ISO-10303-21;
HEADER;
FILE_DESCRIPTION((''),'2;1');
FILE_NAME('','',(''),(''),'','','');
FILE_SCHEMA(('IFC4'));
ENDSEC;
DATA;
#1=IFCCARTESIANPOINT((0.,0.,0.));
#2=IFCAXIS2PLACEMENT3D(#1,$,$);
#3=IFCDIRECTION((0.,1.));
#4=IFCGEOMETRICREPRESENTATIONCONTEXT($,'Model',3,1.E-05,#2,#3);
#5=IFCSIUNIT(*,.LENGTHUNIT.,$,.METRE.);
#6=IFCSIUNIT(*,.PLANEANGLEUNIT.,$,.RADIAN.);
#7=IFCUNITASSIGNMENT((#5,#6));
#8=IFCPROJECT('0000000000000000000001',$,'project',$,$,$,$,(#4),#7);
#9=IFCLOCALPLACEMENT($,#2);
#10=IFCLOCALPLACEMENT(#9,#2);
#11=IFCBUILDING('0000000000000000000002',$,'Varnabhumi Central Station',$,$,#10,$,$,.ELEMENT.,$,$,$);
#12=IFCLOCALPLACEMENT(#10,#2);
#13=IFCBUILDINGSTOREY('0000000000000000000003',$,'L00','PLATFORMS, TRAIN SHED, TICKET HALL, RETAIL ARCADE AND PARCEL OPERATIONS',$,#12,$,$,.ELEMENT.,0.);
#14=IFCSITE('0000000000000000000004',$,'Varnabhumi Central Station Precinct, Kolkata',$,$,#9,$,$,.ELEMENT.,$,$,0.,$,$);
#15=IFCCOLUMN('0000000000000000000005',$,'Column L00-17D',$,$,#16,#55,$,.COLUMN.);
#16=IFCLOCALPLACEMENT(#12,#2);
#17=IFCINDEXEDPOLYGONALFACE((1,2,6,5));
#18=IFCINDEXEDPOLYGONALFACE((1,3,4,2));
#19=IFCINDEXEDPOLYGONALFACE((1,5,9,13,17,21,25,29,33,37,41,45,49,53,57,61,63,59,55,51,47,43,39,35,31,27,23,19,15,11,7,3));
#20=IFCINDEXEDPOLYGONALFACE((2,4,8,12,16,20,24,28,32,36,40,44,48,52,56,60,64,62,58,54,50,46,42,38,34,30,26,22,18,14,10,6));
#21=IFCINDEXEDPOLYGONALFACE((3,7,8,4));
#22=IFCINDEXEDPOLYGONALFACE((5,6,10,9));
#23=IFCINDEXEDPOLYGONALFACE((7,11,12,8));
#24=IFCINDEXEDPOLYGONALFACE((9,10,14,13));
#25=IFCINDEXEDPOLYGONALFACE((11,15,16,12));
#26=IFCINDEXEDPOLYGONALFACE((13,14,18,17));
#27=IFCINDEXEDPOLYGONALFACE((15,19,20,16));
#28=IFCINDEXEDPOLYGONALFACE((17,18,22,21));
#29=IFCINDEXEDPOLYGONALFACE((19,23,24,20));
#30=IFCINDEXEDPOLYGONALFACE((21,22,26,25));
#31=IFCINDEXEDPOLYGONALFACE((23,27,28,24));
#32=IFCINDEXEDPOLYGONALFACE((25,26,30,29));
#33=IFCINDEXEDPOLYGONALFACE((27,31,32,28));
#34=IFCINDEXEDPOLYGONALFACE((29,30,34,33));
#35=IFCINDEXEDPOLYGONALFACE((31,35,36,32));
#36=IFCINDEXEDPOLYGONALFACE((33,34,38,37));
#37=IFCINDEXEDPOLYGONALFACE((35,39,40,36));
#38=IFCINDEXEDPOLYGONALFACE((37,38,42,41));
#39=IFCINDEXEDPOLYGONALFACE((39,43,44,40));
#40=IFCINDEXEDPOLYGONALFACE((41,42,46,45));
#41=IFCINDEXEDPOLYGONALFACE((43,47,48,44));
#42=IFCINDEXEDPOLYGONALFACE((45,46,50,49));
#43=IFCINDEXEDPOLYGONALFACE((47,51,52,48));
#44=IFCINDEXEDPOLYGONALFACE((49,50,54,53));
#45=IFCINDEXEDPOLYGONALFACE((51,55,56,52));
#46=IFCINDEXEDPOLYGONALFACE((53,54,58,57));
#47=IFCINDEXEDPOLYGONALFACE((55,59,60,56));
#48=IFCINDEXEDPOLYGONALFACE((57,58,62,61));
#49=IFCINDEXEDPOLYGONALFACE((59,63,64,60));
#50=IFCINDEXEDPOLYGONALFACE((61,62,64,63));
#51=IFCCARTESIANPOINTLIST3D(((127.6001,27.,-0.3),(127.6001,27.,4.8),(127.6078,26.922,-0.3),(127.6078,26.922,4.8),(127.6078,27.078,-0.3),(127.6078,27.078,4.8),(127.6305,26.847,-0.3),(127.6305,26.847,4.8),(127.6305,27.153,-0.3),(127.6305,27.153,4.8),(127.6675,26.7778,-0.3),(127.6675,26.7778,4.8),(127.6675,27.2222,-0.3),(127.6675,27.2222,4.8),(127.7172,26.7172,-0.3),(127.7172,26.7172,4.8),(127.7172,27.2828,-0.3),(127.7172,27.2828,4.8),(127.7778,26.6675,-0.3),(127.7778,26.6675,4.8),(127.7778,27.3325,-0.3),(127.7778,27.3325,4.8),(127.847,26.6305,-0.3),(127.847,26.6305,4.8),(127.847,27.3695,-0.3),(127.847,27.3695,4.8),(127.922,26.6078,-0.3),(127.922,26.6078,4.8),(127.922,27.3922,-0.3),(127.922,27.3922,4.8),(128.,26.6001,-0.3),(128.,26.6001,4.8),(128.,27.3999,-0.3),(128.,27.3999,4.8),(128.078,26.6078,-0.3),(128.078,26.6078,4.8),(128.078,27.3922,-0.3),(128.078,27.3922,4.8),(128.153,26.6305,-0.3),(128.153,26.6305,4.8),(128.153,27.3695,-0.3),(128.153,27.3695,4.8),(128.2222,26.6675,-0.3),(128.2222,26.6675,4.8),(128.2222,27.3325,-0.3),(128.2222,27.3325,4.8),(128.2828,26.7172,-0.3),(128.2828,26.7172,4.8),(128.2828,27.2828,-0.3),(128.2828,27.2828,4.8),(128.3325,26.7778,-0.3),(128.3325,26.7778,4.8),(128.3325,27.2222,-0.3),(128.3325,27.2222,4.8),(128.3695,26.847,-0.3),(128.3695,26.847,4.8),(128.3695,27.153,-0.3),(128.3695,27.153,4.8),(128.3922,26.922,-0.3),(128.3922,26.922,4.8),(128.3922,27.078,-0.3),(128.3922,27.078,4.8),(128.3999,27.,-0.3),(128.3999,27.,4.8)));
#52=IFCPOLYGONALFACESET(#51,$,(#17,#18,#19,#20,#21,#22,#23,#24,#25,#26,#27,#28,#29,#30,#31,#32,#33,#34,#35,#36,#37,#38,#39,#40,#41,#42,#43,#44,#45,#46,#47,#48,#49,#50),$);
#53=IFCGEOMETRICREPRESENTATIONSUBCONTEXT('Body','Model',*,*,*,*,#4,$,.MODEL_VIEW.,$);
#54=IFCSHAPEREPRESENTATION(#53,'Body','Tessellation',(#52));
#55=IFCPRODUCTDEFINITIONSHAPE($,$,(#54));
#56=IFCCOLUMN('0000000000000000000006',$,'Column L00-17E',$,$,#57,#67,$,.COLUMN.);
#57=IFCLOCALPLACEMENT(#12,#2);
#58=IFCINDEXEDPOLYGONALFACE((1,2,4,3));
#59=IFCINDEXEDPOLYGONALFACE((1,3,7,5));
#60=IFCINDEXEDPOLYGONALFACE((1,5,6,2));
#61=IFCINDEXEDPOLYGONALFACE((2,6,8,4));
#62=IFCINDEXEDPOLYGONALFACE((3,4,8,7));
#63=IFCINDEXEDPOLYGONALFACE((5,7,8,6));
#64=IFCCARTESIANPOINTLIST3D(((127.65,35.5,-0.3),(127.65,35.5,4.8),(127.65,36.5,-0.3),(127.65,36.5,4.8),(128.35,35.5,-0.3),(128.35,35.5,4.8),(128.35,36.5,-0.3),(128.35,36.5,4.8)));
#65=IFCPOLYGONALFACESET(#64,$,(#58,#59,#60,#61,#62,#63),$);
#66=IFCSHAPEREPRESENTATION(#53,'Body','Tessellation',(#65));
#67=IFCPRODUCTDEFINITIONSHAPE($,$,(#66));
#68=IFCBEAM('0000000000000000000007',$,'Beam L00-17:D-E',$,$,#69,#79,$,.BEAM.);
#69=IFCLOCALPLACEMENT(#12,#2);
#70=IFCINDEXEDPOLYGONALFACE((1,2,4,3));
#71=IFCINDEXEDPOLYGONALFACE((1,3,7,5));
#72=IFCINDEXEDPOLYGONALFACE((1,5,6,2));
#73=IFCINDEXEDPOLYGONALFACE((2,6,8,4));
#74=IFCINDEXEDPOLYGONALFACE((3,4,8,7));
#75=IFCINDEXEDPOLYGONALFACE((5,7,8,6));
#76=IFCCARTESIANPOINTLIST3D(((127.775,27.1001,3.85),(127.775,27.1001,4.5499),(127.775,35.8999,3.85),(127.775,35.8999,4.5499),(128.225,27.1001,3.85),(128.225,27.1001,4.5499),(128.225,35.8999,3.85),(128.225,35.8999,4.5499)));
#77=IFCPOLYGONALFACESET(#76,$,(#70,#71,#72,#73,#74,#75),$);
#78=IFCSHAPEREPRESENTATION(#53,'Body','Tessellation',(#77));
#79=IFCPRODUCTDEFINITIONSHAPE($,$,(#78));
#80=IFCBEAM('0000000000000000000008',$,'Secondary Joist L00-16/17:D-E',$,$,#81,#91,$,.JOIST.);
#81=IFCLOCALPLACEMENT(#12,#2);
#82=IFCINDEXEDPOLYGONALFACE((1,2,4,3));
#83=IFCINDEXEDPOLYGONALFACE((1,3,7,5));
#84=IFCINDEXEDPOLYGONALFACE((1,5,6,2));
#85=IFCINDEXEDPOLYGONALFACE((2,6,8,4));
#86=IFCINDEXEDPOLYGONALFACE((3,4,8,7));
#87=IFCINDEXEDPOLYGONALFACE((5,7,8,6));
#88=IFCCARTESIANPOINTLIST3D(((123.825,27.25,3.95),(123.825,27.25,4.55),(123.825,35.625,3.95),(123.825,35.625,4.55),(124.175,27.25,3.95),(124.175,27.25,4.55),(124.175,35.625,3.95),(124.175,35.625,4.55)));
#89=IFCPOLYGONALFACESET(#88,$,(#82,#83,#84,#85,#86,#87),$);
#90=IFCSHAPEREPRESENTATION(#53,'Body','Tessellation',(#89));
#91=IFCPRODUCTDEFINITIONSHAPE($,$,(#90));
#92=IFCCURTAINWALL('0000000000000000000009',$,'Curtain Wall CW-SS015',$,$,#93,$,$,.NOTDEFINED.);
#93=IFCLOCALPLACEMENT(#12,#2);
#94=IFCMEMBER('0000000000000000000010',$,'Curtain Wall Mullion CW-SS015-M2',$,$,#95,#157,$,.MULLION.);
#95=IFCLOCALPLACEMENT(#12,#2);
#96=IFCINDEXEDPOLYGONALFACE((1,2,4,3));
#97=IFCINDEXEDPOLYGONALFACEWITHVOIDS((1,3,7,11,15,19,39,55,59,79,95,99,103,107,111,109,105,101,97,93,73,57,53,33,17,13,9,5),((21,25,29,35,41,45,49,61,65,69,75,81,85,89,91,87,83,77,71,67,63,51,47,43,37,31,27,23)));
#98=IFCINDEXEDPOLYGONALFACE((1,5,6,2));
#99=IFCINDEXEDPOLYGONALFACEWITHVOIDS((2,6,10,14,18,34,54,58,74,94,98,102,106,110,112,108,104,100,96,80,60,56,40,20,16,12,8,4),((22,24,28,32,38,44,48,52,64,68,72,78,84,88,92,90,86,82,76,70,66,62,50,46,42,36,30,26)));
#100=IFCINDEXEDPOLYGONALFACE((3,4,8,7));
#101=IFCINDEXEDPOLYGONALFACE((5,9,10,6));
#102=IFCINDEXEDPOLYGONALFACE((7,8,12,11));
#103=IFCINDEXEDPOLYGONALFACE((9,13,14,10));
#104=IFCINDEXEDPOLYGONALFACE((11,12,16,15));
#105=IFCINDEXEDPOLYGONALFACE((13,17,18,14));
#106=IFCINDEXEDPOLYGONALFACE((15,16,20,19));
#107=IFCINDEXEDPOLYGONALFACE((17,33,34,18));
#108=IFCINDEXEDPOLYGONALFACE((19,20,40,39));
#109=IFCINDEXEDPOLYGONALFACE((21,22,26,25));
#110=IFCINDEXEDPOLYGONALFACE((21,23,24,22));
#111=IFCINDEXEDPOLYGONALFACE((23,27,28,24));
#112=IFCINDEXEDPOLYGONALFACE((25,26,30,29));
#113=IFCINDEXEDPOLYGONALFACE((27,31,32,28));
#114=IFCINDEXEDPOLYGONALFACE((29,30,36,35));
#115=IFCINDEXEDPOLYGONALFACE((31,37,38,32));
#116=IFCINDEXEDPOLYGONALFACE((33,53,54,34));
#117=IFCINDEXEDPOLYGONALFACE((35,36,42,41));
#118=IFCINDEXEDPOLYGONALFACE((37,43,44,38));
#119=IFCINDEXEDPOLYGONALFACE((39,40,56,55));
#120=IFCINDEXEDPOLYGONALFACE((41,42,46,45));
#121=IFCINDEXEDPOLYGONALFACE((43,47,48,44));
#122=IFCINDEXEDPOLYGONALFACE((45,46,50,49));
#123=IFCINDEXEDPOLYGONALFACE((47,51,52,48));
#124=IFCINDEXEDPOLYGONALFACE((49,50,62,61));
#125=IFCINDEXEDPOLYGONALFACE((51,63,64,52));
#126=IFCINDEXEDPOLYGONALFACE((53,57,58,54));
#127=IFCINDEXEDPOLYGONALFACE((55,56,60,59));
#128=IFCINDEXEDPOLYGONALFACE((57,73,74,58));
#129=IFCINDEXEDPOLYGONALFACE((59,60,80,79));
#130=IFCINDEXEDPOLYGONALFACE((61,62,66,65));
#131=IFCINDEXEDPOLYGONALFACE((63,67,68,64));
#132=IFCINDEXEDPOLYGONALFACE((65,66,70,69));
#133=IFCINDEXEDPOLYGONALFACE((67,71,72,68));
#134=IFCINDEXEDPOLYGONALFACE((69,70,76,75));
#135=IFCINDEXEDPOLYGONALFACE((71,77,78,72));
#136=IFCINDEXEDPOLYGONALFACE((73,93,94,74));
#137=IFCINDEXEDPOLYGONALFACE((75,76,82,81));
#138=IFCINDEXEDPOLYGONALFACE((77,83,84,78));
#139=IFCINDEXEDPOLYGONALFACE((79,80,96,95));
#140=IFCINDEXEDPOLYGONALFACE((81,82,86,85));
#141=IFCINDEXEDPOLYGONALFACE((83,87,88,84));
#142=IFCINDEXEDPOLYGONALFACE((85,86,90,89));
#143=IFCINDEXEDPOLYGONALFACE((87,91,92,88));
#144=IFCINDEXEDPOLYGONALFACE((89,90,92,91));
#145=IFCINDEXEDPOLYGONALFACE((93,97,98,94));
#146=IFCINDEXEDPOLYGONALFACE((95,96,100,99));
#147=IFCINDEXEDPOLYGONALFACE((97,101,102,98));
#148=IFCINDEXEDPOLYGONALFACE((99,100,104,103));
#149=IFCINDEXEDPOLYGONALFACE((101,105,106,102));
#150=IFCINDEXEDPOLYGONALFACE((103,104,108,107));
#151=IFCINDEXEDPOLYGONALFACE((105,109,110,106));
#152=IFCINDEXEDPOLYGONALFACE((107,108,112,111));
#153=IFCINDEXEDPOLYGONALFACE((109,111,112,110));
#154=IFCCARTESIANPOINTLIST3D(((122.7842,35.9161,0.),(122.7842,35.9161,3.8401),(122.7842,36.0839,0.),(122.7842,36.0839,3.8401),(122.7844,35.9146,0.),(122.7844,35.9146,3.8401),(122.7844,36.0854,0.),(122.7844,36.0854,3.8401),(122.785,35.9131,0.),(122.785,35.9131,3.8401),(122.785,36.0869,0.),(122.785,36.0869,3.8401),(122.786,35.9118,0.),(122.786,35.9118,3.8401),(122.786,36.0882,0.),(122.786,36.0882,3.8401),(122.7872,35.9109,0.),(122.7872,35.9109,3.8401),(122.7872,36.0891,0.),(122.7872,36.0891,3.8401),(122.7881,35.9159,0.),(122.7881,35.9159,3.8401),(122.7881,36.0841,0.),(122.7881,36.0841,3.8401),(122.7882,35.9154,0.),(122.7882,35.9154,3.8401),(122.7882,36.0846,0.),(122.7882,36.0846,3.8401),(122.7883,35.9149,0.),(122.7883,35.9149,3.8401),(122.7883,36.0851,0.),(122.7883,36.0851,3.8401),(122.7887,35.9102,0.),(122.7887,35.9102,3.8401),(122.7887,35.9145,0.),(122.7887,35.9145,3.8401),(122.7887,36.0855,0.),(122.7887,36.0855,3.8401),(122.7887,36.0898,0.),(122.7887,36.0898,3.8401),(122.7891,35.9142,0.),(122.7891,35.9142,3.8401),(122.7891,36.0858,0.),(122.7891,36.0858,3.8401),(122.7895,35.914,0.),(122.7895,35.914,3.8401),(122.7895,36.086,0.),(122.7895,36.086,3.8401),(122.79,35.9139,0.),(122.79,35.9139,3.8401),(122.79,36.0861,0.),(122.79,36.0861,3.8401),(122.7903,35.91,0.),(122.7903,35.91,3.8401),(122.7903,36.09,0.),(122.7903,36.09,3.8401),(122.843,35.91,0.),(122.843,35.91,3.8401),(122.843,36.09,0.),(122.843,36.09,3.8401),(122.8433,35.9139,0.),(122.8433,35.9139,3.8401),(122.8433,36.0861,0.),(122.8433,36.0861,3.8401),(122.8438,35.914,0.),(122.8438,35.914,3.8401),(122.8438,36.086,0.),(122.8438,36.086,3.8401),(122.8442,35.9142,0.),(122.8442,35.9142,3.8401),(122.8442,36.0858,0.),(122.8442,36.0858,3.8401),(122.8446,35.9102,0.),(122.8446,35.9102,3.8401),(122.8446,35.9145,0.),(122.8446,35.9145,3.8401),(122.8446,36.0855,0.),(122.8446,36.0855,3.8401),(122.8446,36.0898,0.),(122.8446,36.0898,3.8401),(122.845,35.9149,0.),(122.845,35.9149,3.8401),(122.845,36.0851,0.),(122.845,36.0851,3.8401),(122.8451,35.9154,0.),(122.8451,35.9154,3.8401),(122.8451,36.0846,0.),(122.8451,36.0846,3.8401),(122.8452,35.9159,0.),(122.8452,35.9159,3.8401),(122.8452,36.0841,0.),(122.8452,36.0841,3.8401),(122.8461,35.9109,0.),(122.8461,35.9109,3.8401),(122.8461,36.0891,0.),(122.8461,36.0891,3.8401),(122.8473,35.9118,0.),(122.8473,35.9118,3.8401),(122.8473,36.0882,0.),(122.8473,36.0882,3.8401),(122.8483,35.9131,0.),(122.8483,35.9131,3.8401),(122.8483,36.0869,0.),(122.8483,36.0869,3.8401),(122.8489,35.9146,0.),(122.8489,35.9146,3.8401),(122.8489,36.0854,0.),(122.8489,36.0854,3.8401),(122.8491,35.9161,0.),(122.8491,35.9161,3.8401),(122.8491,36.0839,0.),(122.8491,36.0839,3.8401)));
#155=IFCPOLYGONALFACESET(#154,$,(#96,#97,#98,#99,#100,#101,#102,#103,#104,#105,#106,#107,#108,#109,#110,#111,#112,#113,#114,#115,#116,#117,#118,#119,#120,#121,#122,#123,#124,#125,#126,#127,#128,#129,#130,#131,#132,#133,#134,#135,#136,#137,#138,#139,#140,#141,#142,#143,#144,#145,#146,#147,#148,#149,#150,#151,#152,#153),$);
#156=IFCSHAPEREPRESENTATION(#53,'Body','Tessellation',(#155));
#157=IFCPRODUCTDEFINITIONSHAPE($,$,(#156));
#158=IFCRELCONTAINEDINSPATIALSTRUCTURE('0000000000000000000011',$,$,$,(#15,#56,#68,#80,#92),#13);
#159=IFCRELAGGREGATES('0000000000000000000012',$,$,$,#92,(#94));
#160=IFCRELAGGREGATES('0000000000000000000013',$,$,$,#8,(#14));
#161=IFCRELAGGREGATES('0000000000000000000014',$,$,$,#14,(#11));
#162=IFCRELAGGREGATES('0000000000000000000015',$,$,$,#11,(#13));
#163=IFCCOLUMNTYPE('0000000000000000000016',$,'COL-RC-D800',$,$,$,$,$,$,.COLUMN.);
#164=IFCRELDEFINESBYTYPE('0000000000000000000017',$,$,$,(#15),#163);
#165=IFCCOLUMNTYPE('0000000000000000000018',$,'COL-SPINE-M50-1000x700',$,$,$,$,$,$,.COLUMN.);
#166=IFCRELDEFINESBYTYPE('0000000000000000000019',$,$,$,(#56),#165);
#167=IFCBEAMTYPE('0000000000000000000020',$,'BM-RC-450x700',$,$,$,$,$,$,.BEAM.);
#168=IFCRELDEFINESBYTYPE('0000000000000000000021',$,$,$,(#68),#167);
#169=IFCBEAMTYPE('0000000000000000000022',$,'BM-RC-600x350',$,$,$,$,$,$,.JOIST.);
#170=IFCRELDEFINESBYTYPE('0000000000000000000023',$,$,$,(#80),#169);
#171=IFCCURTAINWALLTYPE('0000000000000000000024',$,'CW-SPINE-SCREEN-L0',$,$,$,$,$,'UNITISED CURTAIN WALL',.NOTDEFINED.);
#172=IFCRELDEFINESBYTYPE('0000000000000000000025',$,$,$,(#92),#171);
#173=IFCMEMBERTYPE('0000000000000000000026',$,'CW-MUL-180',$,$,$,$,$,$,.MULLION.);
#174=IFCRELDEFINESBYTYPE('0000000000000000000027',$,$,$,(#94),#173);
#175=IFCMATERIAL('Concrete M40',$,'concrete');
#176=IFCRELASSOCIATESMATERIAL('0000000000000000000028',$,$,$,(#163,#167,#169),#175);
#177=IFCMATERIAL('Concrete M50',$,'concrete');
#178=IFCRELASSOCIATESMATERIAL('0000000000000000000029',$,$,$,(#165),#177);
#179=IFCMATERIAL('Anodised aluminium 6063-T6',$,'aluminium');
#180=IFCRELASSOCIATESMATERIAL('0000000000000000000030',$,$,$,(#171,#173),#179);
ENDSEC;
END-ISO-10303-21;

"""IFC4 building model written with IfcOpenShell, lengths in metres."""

from ifc_helpers import new_model, si_unit, direction, frame, origin, origin_2d, place, context, subcontext, project, spatial, rectangle, hollow_rectangle, circle, extrude, material, material_profile, profile_set, type_object, element, aggregate, save


model = new_model("IFC4")

# Units and contexts
model_context = context("Model", 3, precision=1e-05, world=origin(), true_north=direction((0.0, 1.0)))
body_context = subcontext(model_context, "Body", "Model", "MODEL_VIEW")
ifc_project = project(units=[si_unit("LENGTHUNIT", "METRE"), si_unit("PLANEANGLEUNIT", "RADIAN")], contexts=[model_context])

# Site, building, storey
site_placement = place(None, origin())
site = spatial("IfcSite", under=ifc_project, at=site_placement, Name="Varnabhumi Central Station Precinct, Kolkata", CompositionType="ELEMENT", RefElevation=0.0)
building_placement = place(site_placement, origin())
building = spatial("IfcBuilding", under=site, at=building_placement, Name="Varnabhumi Central Station", CompositionType="ELEMENT")
storey_placement = place(building_placement, origin())
storey = spatial("IfcBuildingStorey", under=building, at=storey_placement, Name="L00", Description="PLATFORMS, TRAIN SHED, TICKET HALL, RETAIL ARCADE AND PARCEL OPERATIONS", CompositionType="ELEMENT", Elevation=0.0)

# Shared definitions
ifc_material_1 = material(Name="Concrete M40", Category="concrete")

# Columns
ifc_material_profile_1 = material_profile(ifc_material_1, circle(Radius=0.3999, at=origin_2d()), Name="Concrete M40", Category="concrete")
ifc_profile_set_1 = profile_set([ifc_material_profile_1], Name="Concrete M40")
column_type_1 = type_object("IfcColumnType", Name="COL-RC-D800", PredefinedType="COLUMN", material=ifc_profile_set_1)
column_1_placement = place(storey_placement, frame((128.0, 27.0, -0.3), z_axis=(0.0, 0.0, 1.0), x_axis=(1.0, 0.0, 0.0)))
element("IfcColumn", 1, at=column_1_placement, inside=storey, type_object=column_type_1, Name="Column L00-17D", PredefinedType="COLUMN", context=body_context, shape_type="SweptSolid", body=[
    extrude(circle(Radius=0.3999, at=origin_2d()), origin(), (0.0, 0.0, 1.0), 5.1001),
])
ifc_material_2 = material(Name="Concrete M50", Category="concrete")
ifc_material_profile_2 = material_profile(ifc_material_2, rectangle(XDim=0.7, YDim=1.0, at=origin_2d()), Name="Concrete M50", Category="concrete")
ifc_profile_set_2 = profile_set([ifc_material_profile_2], Name="Concrete M50")
column_type_2 = type_object("IfcColumnType", Name="COL-SPINE-M50-1000x700", PredefinedType="COLUMN", material=ifc_profile_set_2)
column_2_placement = place(storey_placement, frame((128.0, 36.0, -0.3), z_axis=(0.0, 0.0, 1.0), x_axis=(1.0, 0.0, 0.0)))
element("IfcColumn", 2, at=column_2_placement, inside=storey, type_object=column_type_2, Name="Column L00-17E", PredefinedType="COLUMN", context=body_context, shape_type="SweptSolid", body=[
    extrude(rectangle(XDim=0.7, YDim=1.0, at=origin_2d()), origin(), (0.0, 0.0, 1.0), 5.1001),
])

# Beams
ifc_material_profile_3 = material_profile(ifc_material_1, rectangle(XDim=0.45, YDim=0.7, at=origin_2d()), Name="Concrete M40", Category="concrete")
ifc_profile_set_3 = profile_set([ifc_material_profile_3], Name="Concrete M40")
beam_type_1 = type_object("IfcBeamType", Name="BM-RC-450x700", PredefinedType="BEAM", material=ifc_profile_set_3)
beam_1_placement = place(storey_placement, frame((128.0, 27.1001, 4.2), z_axis=(0.0, 1.0, 0.0), x_axis=(-1.0, 0.0, 0.0)))
element("IfcBeam", 3, at=beam_1_placement, inside=storey, type_object=beam_type_1, Name="Beam L00-17:D-E", PredefinedType="BEAM", context=body_context, shape_type="SweptSolid", body=[
    extrude(rectangle(XDim=0.45, YDim=0.7, at=origin_2d()), origin(), (0.0, 0.0, 1.0), 8.7998),
])
ifc_material_profile_4 = material_profile(ifc_material_1, rectangle(XDim=0.3501, YDim=0.6001, at=origin_2d()), Name="Concrete M40", Category="concrete")
ifc_profile_set_4 = profile_set([ifc_material_profile_4], Name="Concrete M40")
beam_type_2 = type_object("IfcBeamType", Name="BM-RC-600x350", PredefinedType="JOIST", material=ifc_profile_set_4)
beam_2_placement = place(storey_placement, frame((124.0, 27.25, 4.25), z_axis=(0.0, 1.0, 0.0), x_axis=(-1.0, 0.0, 0.0)))
element("IfcBeam", 4, at=beam_2_placement, inside=storey, type_object=beam_type_2, Name="Secondary Joist L00-16/17:D-E", PredefinedType="JOIST", context=body_context, shape_type="SweptSolid", body=[
    extrude(rectangle(XDim=0.3501, YDim=0.6001, at=origin_2d()), origin(), (0.0, 0.0, 1.0), 8.375),
])

# Curtain wall, member
ifc_material_3 = material(Name="Anodised aluminium 6063-T6", Category="aluminium")
curtain_wall_type_1 = type_object("IfcCurtainWallType", Name="CW-SPINE-SCREEN-L0", ElementType="UNITISED CURTAIN WALL", PredefinedType="NOTDEFINED", material=ifc_material_3)
curtain_wall_1_placement = place(storey_placement, origin())
curtain_wall_1 = element("IfcCurtainWall", 5, at=curtain_wall_1_placement, inside=storey, type_object=curtain_wall_type_1, Name="Curtain Wall CW-SS015", PredefinedType="NOTDEFINED")
ifc_material_profile_5 = material_profile(ifc_material_3, hollow_rectangle(XDim=0.0649, YDim=0.1799, WallThickness=0.0039, InnerFilletRadius=0.002, OuterFilletRadius=0.0061, at=origin_2d()), Name="Anodised aluminium 6063-T6", Category="aluminium")
ifc_profile_set_5 = profile_set([ifc_material_profile_5], Name="Anodised aluminium 6063-T6")
member_type = type_object("IfcMemberType", Name="CW-MUL-180", PredefinedType="MULLION", material=ifc_profile_set_5)
member_1_placement = place(storey_placement, frame((122.8167, 36.0, 0.0), z_axis=(0.0, 0.0, 1.0), x_axis=(1.0, 0.0, 0.0)))
member_1 = element("IfcMember", 6, at=member_1_placement, type_object=member_type, Name="Curtain Wall Mullion CW-SS015-M2", PredefinedType="MULLION", context=body_context, shape_type="SweptSolid", body=[
    extrude(hollow_rectangle(XDim=0.0649, YDim=0.1799, WallThickness=0.0039, InnerFilletRadius=0.002, OuterFilletRadius=0.0061, at=origin_2d()), origin(), (0.0, 0.0, 1.0), 3.8401),
])

aggregate(curtain_wall_1, [member_1])

save(model, "model.ifc")
